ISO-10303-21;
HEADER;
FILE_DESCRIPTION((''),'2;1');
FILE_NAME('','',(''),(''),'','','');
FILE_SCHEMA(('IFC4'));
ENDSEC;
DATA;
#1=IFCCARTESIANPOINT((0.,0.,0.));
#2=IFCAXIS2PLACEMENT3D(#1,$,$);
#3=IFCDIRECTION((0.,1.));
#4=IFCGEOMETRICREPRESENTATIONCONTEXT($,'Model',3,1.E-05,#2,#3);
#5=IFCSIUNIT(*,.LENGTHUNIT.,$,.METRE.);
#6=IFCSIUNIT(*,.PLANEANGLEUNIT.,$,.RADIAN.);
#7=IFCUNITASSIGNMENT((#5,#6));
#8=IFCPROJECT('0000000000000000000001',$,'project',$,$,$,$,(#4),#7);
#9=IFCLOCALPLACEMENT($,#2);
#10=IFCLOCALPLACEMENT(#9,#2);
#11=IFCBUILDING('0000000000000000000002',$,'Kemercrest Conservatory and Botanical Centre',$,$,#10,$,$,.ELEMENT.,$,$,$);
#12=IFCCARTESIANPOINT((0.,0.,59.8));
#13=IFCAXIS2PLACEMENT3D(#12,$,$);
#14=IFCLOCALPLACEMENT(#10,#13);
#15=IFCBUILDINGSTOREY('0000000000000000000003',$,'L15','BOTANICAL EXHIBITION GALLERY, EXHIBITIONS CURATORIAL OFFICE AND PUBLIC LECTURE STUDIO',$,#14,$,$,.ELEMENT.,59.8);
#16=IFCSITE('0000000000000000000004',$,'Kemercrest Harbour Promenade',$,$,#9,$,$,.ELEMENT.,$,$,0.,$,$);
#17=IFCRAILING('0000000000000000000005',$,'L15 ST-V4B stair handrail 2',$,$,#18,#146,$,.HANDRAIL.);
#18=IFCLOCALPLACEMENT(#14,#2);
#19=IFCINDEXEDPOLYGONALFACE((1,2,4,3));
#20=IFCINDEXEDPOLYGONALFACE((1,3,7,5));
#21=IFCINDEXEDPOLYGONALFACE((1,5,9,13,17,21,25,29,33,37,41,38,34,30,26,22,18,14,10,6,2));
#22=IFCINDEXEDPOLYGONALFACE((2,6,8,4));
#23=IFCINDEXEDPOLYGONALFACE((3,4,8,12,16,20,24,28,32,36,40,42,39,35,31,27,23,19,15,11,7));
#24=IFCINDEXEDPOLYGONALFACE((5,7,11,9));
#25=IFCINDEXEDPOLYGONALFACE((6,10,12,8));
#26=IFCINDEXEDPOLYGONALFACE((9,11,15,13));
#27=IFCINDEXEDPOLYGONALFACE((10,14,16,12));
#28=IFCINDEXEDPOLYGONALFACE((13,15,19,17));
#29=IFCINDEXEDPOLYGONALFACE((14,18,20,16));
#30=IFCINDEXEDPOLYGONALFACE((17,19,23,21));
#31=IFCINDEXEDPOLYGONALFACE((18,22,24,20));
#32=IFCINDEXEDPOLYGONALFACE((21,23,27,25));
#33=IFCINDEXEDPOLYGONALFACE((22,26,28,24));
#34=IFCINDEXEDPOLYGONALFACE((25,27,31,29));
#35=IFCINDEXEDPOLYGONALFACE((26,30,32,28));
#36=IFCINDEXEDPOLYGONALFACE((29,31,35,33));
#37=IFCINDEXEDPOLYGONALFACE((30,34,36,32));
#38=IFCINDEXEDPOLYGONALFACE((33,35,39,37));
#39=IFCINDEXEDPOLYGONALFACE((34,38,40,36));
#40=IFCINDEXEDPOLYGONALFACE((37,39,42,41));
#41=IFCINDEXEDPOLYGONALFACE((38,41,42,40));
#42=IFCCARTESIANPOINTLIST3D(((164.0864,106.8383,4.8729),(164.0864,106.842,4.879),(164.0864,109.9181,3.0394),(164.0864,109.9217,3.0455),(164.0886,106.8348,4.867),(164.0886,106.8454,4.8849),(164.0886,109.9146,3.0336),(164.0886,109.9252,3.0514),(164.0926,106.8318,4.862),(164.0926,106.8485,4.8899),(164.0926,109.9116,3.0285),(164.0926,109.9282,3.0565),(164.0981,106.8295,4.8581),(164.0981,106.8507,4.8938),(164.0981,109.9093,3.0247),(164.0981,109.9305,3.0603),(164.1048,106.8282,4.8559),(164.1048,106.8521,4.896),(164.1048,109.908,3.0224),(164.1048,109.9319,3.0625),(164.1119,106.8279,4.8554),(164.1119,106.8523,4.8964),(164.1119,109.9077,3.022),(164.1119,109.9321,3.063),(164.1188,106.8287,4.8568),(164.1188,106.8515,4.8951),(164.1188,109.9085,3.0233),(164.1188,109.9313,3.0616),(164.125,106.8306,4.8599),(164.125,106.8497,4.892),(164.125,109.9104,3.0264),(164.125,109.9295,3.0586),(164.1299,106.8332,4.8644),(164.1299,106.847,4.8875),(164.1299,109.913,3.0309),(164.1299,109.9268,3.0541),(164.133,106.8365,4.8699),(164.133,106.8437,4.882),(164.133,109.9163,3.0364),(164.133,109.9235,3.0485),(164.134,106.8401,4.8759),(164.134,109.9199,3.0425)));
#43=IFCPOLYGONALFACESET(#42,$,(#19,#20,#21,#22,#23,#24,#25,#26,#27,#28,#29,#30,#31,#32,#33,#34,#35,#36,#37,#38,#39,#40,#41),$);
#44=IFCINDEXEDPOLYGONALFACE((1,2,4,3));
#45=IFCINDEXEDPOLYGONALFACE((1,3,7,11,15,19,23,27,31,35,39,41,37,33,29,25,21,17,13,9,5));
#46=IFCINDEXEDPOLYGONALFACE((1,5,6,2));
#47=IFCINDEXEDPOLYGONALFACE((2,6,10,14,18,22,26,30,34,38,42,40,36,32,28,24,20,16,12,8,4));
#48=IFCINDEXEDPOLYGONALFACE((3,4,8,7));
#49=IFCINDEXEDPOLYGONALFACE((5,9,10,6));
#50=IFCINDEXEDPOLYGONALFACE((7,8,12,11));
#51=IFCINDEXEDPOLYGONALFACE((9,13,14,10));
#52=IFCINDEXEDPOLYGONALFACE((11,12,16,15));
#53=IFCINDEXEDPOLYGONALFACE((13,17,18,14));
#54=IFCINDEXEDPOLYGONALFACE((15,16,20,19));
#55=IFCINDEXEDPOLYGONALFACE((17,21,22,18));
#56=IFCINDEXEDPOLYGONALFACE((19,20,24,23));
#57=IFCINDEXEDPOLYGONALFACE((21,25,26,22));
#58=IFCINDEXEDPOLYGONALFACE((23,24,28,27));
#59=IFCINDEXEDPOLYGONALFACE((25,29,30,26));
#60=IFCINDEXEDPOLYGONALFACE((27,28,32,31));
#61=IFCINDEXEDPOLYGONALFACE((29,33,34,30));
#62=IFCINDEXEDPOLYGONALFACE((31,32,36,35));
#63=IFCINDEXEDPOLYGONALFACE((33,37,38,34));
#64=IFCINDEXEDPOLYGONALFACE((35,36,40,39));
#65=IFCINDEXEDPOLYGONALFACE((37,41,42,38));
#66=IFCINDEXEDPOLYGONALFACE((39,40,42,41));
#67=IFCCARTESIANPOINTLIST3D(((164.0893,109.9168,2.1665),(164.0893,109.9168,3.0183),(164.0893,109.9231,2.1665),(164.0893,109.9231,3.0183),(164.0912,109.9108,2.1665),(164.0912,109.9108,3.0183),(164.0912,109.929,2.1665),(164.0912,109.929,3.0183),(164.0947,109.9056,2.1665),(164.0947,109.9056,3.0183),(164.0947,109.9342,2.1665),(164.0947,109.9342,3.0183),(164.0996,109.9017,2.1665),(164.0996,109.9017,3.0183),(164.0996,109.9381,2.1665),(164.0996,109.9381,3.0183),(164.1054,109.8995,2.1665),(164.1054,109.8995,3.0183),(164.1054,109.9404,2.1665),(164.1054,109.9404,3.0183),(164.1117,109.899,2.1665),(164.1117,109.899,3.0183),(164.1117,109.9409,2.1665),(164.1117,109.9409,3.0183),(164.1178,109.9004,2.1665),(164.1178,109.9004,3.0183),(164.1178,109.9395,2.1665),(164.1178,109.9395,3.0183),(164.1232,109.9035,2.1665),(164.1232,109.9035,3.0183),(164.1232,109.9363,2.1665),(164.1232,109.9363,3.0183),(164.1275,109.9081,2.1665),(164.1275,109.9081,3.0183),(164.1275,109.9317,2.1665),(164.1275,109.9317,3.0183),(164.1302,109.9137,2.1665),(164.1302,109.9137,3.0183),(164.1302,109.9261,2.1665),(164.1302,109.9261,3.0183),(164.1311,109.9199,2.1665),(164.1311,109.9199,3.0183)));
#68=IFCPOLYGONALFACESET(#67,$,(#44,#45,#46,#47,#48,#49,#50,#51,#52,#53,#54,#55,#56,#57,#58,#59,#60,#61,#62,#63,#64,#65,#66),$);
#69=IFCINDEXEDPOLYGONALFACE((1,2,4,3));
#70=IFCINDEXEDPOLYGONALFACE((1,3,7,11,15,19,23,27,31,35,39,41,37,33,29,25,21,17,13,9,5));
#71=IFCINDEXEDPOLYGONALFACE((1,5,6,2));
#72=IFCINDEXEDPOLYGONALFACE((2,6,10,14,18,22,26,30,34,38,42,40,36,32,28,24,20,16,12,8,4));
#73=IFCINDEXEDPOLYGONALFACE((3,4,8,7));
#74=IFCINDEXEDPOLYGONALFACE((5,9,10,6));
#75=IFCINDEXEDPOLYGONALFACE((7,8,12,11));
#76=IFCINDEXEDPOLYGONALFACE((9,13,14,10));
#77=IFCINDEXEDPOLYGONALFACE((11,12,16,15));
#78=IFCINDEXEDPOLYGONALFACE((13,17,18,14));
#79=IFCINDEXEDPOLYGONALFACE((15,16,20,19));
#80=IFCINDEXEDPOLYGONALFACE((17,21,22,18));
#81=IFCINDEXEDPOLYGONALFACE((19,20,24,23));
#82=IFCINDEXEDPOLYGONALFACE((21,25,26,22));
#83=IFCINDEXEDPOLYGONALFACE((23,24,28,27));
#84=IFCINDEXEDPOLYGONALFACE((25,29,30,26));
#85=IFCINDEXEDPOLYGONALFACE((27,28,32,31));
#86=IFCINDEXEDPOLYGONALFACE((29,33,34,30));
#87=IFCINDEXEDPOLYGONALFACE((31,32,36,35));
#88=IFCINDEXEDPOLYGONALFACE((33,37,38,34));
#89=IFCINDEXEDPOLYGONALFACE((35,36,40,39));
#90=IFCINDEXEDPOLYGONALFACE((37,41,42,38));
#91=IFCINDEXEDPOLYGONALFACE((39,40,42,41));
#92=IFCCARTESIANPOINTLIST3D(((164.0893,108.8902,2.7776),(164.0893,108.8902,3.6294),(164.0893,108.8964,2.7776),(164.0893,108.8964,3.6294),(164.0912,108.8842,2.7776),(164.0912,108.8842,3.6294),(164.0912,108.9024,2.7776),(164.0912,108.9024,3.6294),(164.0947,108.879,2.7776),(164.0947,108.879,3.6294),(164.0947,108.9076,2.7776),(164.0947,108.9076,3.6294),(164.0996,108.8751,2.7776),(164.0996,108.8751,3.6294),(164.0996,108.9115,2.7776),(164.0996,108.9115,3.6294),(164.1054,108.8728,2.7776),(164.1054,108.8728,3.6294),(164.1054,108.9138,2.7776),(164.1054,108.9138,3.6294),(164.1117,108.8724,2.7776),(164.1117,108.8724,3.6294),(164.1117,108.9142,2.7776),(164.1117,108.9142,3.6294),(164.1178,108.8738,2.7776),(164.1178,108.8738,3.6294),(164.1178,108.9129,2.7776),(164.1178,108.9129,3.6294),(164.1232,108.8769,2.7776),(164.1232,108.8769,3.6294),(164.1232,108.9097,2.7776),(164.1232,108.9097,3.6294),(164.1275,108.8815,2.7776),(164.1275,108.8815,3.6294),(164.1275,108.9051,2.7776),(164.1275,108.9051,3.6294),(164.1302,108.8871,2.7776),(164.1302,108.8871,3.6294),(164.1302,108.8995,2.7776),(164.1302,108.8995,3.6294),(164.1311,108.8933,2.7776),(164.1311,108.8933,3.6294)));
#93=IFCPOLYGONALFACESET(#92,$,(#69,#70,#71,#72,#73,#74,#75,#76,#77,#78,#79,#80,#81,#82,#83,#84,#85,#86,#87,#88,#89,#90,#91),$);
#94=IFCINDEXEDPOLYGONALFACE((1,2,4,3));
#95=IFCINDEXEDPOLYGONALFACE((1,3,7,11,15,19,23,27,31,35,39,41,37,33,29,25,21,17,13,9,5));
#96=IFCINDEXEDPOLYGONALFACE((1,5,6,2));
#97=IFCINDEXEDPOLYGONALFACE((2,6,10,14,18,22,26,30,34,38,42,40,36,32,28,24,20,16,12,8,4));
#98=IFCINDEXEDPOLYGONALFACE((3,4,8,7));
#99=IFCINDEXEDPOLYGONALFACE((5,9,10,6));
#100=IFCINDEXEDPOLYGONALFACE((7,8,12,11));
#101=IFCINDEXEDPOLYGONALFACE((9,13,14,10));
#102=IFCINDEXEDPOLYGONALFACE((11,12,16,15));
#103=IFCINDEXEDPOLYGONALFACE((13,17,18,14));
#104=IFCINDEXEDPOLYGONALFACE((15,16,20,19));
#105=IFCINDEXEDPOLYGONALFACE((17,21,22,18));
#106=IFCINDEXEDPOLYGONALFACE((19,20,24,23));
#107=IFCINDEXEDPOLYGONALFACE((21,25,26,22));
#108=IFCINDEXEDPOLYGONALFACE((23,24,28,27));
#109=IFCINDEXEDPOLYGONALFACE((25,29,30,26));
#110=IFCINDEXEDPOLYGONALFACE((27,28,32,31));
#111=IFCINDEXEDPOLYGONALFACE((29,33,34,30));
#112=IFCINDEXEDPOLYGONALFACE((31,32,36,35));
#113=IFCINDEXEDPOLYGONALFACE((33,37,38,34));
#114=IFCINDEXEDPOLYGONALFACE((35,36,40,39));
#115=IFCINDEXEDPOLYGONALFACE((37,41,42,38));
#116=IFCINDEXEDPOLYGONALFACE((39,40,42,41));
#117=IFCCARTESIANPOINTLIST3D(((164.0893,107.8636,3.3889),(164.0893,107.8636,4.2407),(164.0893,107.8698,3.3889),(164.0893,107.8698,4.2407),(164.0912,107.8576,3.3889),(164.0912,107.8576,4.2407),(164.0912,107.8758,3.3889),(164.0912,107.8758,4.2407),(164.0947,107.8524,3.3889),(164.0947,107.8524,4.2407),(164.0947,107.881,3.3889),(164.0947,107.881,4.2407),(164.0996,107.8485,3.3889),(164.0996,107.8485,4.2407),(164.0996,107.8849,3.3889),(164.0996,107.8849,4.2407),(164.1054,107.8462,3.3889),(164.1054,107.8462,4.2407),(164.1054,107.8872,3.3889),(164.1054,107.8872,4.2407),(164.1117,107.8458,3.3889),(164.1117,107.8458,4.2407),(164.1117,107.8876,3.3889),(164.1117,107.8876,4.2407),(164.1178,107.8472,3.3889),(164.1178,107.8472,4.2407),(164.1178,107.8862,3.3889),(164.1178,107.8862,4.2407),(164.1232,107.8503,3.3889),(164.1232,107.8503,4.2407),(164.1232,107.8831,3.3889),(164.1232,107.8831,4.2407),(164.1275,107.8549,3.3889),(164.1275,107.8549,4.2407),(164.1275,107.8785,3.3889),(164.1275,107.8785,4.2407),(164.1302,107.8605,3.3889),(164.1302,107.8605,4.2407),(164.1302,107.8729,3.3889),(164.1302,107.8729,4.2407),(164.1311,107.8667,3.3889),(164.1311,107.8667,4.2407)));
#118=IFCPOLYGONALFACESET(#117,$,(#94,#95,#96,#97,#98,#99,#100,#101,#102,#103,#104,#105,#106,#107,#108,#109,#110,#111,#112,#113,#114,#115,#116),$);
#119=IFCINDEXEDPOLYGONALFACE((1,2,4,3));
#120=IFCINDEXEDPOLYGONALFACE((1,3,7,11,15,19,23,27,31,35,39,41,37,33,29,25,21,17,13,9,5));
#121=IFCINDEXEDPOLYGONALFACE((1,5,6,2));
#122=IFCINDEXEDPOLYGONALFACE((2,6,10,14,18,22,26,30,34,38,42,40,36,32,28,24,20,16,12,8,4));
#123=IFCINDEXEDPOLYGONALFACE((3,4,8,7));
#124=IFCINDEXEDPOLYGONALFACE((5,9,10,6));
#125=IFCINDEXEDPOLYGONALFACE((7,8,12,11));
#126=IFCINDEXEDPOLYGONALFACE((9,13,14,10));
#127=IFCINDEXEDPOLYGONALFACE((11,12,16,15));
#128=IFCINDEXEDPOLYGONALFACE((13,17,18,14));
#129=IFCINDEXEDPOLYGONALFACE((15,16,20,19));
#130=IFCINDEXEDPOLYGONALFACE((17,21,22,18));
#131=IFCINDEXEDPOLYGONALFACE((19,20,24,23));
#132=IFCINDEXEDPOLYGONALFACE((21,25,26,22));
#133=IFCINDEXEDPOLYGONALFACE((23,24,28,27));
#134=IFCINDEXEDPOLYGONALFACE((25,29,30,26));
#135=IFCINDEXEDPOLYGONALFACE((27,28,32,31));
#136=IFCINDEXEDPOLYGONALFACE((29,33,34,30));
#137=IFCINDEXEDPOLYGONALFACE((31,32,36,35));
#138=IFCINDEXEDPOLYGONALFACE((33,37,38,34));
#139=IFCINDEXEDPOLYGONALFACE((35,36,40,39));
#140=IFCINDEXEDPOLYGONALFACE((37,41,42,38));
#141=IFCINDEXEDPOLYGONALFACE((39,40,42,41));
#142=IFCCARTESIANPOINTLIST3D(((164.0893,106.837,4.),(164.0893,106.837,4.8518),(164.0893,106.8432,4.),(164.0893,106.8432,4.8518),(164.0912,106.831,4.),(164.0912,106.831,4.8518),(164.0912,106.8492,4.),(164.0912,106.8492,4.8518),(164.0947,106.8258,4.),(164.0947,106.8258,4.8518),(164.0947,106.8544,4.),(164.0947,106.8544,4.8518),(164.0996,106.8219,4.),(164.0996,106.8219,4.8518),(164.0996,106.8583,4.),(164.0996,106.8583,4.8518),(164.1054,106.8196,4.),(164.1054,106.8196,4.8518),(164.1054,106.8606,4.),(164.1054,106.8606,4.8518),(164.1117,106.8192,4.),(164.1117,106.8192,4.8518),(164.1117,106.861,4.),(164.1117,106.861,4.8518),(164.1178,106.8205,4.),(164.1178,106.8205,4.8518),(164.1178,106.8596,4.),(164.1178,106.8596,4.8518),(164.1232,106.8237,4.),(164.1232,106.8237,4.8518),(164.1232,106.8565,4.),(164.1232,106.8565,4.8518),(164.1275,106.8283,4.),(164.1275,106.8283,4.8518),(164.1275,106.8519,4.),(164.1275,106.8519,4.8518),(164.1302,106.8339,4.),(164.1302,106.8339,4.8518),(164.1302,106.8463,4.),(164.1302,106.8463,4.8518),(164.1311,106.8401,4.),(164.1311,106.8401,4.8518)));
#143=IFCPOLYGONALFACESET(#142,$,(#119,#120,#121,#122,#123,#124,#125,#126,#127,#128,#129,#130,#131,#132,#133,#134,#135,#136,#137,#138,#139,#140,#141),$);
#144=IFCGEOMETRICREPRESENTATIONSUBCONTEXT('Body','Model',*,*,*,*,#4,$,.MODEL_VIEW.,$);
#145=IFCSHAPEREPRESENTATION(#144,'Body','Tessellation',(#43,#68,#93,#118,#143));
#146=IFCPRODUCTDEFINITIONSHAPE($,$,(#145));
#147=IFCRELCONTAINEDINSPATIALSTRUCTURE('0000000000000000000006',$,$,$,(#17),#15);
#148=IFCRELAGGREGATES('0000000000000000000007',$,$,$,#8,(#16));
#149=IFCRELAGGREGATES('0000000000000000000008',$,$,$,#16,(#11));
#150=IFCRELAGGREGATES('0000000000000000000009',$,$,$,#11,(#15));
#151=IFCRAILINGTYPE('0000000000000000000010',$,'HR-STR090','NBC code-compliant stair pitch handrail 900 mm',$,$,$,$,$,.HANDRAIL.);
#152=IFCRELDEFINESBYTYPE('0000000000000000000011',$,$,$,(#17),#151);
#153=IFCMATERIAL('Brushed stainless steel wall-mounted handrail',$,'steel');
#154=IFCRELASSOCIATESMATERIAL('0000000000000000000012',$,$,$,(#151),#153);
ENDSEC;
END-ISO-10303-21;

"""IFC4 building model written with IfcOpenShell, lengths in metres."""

from ifc_helpers import new_model, si_unit, direction, frame, origin, origin_2d, place, context, subcontext, project, spatial, circle, extrude, material, type_object, element, save


model = new_model("IFC4")

# Units and contexts
model_context = context("Model", 3, precision=1e-05, world=origin(), true_north=direction((0.0, 1.0)))
body_context = subcontext(model_context, "Body", "Model", "MODEL_VIEW")
ifc_project = project(units=[si_unit("LENGTHUNIT", "METRE"), si_unit("PLANEANGLEUNIT", "RADIAN")], contexts=[model_context])

# Site, building, storey
site_placement = place(None, origin())
site = spatial("IfcSite", under=ifc_project, at=site_placement, Name="Kemercrest Harbour Promenade", CompositionType="ELEMENT", RefElevation=0.0)
building_placement = place(site_placement, origin())
building = spatial("IfcBuilding", under=site, at=building_placement, Name="Kemercrest Conservatory and Botanical Centre", CompositionType="ELEMENT")
storey_placement = place(building_placement, frame((0.0, 0.0, 59.8)))
storey = spatial("IfcBuildingStorey", under=building, at=storey_placement, Name="L15", Description="BOTANICAL EXHIBITION GALLERY, EXHIBITIONS CURATORIAL OFFICE AND PUBLIC LECTURE STUDIO", CompositionType="ELEMENT", Elevation=59.8)

# Railing
ifc_material_1 = material(Name="Brushed stainless steel wall-mounted handrail", Category="steel")
railing_type_1 = type_object("IfcRailingType", Name="HR-STR090", Description="NBC code-compliant stair pitch handrail 900 mm", PredefinedType="HANDRAIL", material=ifc_material_1)
railing_1_placement = place(storey_placement, frame((164.1101, 109.9199, 2.1665)))
element("IfcRailing", 1, at=railing_1_placement, inside=storey, type_object=railing_type_1, Name="L15 ST-V4B stair handrail 2", PredefinedType="HANDRAIL", context=body_context, shape_type="SweptSolid", body=[
    extrude(circle(Radius=0.0239, at=origin_2d()), frame((0.0, 0.0, 0.876), z_axis=(0.0, -0.859261, 0.511538), x_axis=(1.0, 0.0, 0.0)), (0.0, 0.0, 1.0), 3.5842),
    extrude(circle(Radius=0.021, at=origin_2d()), origin(), (0.0, 0.0, 1.0), 0.8518),
    extrude(circle(Radius=0.021, at=origin_2d()), frame((0.0, -1.0266, 0.6111)), (0.0, 0.0, 1.0), 0.8518),
    extrude(circle(Radius=0.021, at=origin_2d()), frame((0.0, -2.0532, 1.2224)), (0.0, 0.0, 1.0), 0.8518),
    extrude(circle(Radius=0.021, at=origin_2d()), frame((0.0, -3.0798, 1.8335)), (0.0, 0.0, 1.0), 0.8518),
])

save(model, "model.ifc")
